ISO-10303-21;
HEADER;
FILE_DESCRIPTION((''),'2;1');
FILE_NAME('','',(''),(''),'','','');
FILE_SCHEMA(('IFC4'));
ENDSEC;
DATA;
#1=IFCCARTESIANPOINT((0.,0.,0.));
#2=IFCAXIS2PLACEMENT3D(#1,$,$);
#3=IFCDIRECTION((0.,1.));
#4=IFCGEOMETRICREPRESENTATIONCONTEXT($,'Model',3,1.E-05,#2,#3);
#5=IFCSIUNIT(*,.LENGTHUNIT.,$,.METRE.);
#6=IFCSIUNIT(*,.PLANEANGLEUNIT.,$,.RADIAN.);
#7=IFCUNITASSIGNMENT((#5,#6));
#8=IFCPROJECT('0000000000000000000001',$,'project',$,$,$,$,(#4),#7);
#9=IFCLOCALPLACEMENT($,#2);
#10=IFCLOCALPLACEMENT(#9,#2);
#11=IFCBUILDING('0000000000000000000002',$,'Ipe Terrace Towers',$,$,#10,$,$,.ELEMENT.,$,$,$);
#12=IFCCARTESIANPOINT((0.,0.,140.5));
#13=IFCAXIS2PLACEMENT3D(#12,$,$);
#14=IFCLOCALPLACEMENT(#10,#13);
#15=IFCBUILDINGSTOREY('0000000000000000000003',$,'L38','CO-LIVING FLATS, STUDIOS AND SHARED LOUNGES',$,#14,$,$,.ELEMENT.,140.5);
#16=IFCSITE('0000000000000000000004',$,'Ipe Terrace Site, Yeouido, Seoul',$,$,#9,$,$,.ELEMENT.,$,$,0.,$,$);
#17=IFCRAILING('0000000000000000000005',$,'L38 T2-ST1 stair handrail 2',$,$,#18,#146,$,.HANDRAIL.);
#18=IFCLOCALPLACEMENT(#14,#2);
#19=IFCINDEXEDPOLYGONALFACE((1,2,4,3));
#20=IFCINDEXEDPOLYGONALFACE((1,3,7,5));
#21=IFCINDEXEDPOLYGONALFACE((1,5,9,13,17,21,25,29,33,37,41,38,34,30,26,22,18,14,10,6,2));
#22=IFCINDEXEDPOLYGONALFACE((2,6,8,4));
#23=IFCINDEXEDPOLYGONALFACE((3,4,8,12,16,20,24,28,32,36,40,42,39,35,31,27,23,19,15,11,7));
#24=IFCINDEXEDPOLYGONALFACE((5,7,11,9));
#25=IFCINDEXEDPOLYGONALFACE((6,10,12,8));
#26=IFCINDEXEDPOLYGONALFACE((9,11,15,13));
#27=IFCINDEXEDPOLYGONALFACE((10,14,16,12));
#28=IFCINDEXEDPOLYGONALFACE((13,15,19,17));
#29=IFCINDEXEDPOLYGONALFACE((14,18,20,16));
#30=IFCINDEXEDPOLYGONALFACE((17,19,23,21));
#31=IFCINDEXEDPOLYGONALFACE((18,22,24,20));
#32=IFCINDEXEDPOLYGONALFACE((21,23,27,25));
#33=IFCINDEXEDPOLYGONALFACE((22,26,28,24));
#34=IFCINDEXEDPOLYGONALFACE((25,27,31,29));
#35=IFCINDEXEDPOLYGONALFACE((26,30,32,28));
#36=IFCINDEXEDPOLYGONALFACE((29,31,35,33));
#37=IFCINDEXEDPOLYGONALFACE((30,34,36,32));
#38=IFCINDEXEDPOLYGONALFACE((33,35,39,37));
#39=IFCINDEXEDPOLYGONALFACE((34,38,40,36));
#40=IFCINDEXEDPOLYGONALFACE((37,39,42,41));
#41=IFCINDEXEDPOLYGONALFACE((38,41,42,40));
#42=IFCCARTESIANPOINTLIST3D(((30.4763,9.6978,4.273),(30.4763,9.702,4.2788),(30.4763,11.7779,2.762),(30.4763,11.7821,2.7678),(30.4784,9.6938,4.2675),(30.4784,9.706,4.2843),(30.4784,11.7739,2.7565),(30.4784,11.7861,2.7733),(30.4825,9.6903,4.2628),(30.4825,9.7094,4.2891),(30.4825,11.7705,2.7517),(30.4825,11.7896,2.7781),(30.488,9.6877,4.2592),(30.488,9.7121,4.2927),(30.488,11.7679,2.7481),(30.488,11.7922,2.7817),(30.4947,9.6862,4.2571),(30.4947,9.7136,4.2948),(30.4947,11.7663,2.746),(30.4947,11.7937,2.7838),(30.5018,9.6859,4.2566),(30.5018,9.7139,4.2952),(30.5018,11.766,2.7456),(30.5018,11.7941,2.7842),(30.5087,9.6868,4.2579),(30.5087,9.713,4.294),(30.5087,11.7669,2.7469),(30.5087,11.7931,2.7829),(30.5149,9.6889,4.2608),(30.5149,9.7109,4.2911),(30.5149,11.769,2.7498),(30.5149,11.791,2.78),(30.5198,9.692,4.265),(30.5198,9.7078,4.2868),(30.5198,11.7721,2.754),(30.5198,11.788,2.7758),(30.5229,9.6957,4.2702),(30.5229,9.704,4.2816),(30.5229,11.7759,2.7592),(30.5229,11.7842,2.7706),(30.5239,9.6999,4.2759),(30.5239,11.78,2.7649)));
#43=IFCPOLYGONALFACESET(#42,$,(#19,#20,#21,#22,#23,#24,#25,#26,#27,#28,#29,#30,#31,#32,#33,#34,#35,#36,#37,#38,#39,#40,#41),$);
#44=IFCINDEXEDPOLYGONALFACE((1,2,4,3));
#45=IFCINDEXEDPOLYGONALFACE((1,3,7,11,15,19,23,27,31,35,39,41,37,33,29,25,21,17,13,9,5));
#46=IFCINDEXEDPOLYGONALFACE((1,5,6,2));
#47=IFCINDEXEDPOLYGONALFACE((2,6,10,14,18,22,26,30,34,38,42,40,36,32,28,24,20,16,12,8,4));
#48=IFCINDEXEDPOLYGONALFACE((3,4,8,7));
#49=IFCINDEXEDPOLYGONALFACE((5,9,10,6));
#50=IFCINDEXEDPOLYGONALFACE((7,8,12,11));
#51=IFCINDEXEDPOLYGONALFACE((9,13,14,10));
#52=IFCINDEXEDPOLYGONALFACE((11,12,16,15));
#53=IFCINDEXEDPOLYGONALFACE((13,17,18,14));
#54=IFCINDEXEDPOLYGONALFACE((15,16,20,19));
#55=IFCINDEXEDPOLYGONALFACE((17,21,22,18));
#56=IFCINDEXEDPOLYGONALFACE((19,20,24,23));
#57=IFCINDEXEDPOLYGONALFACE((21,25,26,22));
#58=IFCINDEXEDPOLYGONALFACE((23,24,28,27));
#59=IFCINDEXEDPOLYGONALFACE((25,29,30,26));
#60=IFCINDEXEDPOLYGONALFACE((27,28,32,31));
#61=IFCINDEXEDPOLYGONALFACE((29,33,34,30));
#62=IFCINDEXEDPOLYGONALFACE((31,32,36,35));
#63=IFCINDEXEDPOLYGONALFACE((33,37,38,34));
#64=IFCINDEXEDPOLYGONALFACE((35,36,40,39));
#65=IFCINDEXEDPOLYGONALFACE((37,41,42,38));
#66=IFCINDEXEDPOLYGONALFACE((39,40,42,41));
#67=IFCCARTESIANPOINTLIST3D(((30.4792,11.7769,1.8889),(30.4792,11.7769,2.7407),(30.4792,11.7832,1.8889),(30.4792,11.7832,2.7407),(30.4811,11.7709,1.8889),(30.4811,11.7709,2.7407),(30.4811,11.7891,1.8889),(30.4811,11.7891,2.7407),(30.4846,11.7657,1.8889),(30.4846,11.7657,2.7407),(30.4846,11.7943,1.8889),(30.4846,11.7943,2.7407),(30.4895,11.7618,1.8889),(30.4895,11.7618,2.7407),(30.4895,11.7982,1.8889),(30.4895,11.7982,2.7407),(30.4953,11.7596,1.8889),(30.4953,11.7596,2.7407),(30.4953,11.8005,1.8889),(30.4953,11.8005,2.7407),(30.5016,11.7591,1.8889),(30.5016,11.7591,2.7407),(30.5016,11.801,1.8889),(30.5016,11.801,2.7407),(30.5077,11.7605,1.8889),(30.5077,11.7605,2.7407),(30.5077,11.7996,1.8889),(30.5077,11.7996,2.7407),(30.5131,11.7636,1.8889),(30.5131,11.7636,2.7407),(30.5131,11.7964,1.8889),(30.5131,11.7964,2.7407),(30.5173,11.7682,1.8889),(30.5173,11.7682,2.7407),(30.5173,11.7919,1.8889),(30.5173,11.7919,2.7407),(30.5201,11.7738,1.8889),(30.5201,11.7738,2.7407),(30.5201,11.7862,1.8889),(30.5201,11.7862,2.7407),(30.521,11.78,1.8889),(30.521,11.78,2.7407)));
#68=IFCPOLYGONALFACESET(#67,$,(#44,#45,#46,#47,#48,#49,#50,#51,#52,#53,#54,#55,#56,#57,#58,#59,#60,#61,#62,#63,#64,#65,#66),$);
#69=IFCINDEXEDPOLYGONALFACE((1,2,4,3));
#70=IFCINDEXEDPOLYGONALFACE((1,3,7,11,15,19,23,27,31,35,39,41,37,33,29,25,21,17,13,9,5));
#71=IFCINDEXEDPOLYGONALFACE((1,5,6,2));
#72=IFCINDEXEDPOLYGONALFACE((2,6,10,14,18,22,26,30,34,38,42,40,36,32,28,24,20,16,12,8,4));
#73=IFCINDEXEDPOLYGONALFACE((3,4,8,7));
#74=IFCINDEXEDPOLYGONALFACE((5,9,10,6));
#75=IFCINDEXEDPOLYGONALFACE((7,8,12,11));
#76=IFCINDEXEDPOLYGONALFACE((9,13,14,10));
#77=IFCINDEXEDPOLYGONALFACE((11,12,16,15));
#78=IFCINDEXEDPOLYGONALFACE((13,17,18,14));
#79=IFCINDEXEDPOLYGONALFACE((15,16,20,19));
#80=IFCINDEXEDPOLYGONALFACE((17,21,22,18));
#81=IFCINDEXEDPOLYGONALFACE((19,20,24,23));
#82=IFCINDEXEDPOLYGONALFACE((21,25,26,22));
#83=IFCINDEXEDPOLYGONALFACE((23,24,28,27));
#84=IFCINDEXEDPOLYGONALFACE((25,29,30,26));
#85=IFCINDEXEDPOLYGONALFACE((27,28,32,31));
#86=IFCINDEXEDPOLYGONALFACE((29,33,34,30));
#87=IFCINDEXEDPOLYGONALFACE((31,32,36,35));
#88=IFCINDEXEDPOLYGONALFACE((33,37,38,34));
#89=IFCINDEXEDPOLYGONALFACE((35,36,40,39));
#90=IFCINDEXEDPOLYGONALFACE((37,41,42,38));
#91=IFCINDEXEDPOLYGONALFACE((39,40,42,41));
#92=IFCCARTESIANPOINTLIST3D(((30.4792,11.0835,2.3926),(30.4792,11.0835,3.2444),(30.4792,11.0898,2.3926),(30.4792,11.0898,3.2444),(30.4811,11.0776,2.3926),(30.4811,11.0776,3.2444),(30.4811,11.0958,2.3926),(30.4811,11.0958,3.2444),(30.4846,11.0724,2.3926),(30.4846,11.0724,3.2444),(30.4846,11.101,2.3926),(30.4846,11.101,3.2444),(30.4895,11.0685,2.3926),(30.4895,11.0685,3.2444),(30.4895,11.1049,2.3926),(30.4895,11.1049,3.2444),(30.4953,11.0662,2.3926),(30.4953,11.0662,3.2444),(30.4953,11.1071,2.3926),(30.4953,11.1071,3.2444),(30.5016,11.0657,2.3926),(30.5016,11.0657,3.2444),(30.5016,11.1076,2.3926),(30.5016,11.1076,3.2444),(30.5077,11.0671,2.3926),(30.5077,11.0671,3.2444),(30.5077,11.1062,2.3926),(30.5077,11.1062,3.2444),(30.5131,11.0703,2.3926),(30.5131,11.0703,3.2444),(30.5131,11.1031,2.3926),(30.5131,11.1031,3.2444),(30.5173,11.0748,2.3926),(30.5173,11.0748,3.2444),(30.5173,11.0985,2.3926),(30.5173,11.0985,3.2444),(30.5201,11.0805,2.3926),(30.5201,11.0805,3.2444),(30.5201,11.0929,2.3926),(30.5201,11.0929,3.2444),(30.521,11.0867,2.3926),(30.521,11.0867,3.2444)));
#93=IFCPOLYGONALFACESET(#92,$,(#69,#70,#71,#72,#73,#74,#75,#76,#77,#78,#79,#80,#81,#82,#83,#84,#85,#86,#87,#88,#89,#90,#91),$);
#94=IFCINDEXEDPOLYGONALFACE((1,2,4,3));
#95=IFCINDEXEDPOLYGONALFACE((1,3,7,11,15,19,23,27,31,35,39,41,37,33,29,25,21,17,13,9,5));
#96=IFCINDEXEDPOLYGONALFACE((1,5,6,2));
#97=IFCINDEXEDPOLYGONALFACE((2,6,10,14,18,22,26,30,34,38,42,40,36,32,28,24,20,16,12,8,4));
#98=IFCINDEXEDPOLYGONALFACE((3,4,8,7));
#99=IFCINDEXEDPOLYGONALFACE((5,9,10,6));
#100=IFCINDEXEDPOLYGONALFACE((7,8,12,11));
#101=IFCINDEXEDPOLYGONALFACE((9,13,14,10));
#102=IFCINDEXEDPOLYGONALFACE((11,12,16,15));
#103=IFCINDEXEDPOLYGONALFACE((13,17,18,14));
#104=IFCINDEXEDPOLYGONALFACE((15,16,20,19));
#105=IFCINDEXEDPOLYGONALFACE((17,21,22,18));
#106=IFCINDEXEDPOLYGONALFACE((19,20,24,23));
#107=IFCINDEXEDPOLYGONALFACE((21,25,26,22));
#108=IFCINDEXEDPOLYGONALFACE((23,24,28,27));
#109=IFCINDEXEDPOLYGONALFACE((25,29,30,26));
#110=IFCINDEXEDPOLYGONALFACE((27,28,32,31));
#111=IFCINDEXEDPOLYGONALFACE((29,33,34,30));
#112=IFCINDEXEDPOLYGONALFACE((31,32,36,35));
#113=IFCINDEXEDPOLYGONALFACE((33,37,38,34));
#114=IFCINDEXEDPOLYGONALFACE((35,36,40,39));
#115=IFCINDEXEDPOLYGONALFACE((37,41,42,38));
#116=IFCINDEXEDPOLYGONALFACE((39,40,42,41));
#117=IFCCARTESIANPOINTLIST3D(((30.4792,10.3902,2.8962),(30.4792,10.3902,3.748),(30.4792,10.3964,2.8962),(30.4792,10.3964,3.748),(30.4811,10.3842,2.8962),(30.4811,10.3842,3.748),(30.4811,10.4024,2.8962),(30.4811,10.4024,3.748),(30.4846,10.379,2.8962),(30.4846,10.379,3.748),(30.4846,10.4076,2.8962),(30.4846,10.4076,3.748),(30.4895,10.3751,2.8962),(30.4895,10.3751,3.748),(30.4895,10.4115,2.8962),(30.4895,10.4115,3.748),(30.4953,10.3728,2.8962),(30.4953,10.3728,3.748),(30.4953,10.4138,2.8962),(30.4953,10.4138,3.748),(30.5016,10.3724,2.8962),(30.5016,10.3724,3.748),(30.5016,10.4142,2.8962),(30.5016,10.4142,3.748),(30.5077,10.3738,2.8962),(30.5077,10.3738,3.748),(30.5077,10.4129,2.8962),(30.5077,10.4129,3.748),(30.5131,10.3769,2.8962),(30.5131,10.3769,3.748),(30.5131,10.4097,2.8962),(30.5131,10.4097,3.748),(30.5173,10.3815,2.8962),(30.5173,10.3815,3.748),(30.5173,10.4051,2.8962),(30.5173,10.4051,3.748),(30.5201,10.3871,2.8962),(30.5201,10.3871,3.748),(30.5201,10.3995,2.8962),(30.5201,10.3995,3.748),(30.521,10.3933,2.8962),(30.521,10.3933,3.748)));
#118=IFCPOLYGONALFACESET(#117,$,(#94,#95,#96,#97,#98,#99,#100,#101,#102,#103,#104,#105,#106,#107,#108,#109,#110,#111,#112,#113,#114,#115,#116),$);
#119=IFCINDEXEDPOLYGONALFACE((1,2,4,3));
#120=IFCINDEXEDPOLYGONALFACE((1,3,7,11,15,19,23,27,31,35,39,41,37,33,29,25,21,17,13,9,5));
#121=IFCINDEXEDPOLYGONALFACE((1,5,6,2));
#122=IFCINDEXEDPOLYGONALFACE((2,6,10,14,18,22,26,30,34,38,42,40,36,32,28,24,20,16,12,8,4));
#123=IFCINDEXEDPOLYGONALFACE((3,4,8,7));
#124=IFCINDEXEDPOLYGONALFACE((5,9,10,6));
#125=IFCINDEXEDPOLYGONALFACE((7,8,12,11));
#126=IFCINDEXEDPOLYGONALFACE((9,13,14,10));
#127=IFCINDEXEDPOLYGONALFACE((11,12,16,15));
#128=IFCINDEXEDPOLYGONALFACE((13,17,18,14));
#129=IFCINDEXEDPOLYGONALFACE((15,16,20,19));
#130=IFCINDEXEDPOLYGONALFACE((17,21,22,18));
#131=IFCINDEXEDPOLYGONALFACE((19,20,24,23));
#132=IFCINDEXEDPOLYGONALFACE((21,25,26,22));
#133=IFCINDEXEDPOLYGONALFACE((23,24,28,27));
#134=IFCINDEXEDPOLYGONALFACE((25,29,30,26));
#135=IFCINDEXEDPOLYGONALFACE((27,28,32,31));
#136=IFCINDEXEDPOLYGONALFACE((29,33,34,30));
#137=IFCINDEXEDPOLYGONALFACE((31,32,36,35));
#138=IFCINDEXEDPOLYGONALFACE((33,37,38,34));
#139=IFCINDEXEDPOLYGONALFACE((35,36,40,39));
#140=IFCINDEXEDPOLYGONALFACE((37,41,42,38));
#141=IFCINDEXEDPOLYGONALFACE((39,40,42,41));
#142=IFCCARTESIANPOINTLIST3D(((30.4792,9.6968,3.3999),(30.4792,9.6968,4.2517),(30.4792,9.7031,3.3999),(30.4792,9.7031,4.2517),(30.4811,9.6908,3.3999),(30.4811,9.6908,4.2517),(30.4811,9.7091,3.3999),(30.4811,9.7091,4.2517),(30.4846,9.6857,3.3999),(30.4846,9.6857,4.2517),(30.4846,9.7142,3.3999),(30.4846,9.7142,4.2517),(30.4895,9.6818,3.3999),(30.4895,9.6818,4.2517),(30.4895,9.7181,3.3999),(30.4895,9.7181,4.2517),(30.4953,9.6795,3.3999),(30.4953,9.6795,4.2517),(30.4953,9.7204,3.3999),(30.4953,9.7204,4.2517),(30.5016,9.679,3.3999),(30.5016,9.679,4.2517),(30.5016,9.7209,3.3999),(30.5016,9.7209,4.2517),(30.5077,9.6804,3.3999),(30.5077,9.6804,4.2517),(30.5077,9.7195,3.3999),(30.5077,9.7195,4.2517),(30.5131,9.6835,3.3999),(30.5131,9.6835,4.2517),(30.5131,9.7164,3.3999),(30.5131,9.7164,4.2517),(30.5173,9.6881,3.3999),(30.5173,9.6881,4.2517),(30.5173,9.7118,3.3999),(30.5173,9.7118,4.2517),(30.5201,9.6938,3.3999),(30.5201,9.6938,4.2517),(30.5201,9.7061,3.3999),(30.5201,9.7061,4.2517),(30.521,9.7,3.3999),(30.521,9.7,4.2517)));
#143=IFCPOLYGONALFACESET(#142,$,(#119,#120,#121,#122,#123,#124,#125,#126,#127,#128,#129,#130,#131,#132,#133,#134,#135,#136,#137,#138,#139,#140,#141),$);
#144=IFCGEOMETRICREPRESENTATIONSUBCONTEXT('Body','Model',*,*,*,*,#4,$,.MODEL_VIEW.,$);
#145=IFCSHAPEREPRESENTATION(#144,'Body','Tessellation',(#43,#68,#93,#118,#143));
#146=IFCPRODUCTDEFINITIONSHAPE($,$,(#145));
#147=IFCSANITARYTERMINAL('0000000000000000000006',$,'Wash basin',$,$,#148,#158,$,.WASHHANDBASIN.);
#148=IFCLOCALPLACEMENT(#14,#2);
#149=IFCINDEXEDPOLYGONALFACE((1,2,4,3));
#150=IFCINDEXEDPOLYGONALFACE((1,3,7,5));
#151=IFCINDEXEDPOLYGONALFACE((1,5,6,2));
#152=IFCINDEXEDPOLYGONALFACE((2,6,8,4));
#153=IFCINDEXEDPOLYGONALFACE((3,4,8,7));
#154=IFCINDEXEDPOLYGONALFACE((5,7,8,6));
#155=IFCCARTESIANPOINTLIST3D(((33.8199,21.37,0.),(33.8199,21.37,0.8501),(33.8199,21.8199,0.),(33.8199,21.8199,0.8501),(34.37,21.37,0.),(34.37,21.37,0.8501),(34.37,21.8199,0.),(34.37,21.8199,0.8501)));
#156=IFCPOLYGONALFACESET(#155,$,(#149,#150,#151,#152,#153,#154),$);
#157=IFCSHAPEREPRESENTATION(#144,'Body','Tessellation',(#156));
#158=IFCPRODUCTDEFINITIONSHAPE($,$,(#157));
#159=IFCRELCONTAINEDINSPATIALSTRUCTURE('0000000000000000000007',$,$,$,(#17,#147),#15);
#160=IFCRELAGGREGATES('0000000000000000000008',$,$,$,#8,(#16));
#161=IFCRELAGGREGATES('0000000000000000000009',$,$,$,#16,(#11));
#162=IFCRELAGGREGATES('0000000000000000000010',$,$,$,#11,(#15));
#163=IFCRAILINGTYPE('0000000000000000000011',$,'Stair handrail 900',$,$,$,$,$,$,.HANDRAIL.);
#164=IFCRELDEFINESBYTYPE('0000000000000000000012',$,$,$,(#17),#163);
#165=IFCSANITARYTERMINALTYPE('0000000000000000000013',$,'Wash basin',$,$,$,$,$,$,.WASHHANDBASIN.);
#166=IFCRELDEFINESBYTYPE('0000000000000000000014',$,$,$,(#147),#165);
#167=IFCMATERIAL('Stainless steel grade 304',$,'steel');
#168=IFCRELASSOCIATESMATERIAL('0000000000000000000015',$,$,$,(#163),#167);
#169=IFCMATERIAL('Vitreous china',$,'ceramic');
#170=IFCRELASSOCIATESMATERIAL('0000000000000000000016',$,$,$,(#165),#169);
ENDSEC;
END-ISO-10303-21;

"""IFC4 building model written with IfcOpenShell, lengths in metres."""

from ifc_helpers import new_model, si_unit, direction, frame, origin, origin_2d, place, context, subcontext, project, spatial, rectangle, circle, extrude, material, type_object, element, save


model = new_model("IFC4")

# Units and contexts
model_context = context("Model", 3, precision=1e-05, world=origin(), true_north=direction((0.0, 1.0)))
body_context = subcontext(model_context, "Body", "Model", "MODEL_VIEW")
ifc_project = project(units=[si_unit("LENGTHUNIT", "METRE"), si_unit("PLANEANGLEUNIT", "RADIAN")], contexts=[model_context])

# Site, building, storey
site_placement = place(None, origin())
site = spatial("IfcSite", under=ifc_project, at=site_placement, Name="Ipe Terrace Site, Yeouido, Seoul", CompositionType="ELEMENT", RefElevation=0.0)
building_placement = place(site_placement, origin())
building = spatial("IfcBuilding", under=site, at=building_placement, Name="Ipe Terrace Towers", CompositionType="ELEMENT")
storey_placement = place(building_placement, frame((0.0, 0.0, 140.5)))
storey = spatial("IfcBuildingStorey", under=building, at=storey_placement, Name="L38", Description="CO-LIVING FLATS, STUDIOS AND SHARED LOUNGES", CompositionType="ELEMENT", Elevation=140.5)

# Railing
ifc_material_1 = material(Name="Stainless steel grade 304", Category="steel")
railing_type_1 = type_object("IfcRailingType", Name="Stair handrail 900", PredefinedType="HANDRAIL", material=ifc_material_1)
railing_1_placement = place(storey_placement, frame((30.5, 11.78, 1.8889)))
element("IfcRailing", 1, at=railing_1_placement, inside=storey, type_object=railing_type_1, Name="L38 T2-ST1 stair handrail 2", PredefinedType="HANDRAIL", context=body_context, shape_type="SweptSolid", body=[
    extrude(circle(Radius=0.0239, at=origin_2d()), frame((0.0, 0.0, 0.876), z_axis=(0.0, -0.809069, 0.587714), x_axis=(1.0, 0.0, 0.0)), (0.0, 0.0, 1.0), 2.571),
    extrude(circle(Radius=0.021, at=origin_2d()), origin(), (0.0, 0.0, 1.0), 0.8518),
    extrude(circle(Radius=0.021, at=origin_2d()), frame((0.0, -0.6934, 0.5037)), (0.0, 0.0, 1.0), 0.8518),
    extrude(circle(Radius=0.021, at=origin_2d()), frame((0.0, -1.3867, 1.0073)), (0.0, 0.0, 1.0), 0.8518),
    extrude(circle(Radius=0.021, at=origin_2d()), frame((0.0, -2.0801, 1.511)), (0.0, 0.0, 1.0), 0.8518),
])

# Sanitary terminal
ifc_material_2 = material(Name="Vitreous china", Category="ceramic")
sanitary_terminal_type = type_object("IfcSanitaryTerminalType", Name="Wash basin", PredefinedType="WASHHANDBASIN", material=ifc_material_2)
sanitary_terminal_placement = place(storey_placement, frame((34.095, 21.595, 0.0), z_axis=(0.0, 0.0, 1.0), x_axis=(1.0, 0.0, 0.0)))
element("IfcSanitaryTerminal", 2, at=sanitary_terminal_placement, inside=storey, type_object=sanitary_terminal_type, Name="Wash basin", PredefinedType="WASHHANDBASIN", context=body_context, shape_type="SweptSolid", body=[
    extrude(rectangle(XDim=0.55, YDim=0.45, at=origin_2d()), origin(), (0.0, 0.0, 1.0), 0.8501),
])

save(model, "model.ifc")
